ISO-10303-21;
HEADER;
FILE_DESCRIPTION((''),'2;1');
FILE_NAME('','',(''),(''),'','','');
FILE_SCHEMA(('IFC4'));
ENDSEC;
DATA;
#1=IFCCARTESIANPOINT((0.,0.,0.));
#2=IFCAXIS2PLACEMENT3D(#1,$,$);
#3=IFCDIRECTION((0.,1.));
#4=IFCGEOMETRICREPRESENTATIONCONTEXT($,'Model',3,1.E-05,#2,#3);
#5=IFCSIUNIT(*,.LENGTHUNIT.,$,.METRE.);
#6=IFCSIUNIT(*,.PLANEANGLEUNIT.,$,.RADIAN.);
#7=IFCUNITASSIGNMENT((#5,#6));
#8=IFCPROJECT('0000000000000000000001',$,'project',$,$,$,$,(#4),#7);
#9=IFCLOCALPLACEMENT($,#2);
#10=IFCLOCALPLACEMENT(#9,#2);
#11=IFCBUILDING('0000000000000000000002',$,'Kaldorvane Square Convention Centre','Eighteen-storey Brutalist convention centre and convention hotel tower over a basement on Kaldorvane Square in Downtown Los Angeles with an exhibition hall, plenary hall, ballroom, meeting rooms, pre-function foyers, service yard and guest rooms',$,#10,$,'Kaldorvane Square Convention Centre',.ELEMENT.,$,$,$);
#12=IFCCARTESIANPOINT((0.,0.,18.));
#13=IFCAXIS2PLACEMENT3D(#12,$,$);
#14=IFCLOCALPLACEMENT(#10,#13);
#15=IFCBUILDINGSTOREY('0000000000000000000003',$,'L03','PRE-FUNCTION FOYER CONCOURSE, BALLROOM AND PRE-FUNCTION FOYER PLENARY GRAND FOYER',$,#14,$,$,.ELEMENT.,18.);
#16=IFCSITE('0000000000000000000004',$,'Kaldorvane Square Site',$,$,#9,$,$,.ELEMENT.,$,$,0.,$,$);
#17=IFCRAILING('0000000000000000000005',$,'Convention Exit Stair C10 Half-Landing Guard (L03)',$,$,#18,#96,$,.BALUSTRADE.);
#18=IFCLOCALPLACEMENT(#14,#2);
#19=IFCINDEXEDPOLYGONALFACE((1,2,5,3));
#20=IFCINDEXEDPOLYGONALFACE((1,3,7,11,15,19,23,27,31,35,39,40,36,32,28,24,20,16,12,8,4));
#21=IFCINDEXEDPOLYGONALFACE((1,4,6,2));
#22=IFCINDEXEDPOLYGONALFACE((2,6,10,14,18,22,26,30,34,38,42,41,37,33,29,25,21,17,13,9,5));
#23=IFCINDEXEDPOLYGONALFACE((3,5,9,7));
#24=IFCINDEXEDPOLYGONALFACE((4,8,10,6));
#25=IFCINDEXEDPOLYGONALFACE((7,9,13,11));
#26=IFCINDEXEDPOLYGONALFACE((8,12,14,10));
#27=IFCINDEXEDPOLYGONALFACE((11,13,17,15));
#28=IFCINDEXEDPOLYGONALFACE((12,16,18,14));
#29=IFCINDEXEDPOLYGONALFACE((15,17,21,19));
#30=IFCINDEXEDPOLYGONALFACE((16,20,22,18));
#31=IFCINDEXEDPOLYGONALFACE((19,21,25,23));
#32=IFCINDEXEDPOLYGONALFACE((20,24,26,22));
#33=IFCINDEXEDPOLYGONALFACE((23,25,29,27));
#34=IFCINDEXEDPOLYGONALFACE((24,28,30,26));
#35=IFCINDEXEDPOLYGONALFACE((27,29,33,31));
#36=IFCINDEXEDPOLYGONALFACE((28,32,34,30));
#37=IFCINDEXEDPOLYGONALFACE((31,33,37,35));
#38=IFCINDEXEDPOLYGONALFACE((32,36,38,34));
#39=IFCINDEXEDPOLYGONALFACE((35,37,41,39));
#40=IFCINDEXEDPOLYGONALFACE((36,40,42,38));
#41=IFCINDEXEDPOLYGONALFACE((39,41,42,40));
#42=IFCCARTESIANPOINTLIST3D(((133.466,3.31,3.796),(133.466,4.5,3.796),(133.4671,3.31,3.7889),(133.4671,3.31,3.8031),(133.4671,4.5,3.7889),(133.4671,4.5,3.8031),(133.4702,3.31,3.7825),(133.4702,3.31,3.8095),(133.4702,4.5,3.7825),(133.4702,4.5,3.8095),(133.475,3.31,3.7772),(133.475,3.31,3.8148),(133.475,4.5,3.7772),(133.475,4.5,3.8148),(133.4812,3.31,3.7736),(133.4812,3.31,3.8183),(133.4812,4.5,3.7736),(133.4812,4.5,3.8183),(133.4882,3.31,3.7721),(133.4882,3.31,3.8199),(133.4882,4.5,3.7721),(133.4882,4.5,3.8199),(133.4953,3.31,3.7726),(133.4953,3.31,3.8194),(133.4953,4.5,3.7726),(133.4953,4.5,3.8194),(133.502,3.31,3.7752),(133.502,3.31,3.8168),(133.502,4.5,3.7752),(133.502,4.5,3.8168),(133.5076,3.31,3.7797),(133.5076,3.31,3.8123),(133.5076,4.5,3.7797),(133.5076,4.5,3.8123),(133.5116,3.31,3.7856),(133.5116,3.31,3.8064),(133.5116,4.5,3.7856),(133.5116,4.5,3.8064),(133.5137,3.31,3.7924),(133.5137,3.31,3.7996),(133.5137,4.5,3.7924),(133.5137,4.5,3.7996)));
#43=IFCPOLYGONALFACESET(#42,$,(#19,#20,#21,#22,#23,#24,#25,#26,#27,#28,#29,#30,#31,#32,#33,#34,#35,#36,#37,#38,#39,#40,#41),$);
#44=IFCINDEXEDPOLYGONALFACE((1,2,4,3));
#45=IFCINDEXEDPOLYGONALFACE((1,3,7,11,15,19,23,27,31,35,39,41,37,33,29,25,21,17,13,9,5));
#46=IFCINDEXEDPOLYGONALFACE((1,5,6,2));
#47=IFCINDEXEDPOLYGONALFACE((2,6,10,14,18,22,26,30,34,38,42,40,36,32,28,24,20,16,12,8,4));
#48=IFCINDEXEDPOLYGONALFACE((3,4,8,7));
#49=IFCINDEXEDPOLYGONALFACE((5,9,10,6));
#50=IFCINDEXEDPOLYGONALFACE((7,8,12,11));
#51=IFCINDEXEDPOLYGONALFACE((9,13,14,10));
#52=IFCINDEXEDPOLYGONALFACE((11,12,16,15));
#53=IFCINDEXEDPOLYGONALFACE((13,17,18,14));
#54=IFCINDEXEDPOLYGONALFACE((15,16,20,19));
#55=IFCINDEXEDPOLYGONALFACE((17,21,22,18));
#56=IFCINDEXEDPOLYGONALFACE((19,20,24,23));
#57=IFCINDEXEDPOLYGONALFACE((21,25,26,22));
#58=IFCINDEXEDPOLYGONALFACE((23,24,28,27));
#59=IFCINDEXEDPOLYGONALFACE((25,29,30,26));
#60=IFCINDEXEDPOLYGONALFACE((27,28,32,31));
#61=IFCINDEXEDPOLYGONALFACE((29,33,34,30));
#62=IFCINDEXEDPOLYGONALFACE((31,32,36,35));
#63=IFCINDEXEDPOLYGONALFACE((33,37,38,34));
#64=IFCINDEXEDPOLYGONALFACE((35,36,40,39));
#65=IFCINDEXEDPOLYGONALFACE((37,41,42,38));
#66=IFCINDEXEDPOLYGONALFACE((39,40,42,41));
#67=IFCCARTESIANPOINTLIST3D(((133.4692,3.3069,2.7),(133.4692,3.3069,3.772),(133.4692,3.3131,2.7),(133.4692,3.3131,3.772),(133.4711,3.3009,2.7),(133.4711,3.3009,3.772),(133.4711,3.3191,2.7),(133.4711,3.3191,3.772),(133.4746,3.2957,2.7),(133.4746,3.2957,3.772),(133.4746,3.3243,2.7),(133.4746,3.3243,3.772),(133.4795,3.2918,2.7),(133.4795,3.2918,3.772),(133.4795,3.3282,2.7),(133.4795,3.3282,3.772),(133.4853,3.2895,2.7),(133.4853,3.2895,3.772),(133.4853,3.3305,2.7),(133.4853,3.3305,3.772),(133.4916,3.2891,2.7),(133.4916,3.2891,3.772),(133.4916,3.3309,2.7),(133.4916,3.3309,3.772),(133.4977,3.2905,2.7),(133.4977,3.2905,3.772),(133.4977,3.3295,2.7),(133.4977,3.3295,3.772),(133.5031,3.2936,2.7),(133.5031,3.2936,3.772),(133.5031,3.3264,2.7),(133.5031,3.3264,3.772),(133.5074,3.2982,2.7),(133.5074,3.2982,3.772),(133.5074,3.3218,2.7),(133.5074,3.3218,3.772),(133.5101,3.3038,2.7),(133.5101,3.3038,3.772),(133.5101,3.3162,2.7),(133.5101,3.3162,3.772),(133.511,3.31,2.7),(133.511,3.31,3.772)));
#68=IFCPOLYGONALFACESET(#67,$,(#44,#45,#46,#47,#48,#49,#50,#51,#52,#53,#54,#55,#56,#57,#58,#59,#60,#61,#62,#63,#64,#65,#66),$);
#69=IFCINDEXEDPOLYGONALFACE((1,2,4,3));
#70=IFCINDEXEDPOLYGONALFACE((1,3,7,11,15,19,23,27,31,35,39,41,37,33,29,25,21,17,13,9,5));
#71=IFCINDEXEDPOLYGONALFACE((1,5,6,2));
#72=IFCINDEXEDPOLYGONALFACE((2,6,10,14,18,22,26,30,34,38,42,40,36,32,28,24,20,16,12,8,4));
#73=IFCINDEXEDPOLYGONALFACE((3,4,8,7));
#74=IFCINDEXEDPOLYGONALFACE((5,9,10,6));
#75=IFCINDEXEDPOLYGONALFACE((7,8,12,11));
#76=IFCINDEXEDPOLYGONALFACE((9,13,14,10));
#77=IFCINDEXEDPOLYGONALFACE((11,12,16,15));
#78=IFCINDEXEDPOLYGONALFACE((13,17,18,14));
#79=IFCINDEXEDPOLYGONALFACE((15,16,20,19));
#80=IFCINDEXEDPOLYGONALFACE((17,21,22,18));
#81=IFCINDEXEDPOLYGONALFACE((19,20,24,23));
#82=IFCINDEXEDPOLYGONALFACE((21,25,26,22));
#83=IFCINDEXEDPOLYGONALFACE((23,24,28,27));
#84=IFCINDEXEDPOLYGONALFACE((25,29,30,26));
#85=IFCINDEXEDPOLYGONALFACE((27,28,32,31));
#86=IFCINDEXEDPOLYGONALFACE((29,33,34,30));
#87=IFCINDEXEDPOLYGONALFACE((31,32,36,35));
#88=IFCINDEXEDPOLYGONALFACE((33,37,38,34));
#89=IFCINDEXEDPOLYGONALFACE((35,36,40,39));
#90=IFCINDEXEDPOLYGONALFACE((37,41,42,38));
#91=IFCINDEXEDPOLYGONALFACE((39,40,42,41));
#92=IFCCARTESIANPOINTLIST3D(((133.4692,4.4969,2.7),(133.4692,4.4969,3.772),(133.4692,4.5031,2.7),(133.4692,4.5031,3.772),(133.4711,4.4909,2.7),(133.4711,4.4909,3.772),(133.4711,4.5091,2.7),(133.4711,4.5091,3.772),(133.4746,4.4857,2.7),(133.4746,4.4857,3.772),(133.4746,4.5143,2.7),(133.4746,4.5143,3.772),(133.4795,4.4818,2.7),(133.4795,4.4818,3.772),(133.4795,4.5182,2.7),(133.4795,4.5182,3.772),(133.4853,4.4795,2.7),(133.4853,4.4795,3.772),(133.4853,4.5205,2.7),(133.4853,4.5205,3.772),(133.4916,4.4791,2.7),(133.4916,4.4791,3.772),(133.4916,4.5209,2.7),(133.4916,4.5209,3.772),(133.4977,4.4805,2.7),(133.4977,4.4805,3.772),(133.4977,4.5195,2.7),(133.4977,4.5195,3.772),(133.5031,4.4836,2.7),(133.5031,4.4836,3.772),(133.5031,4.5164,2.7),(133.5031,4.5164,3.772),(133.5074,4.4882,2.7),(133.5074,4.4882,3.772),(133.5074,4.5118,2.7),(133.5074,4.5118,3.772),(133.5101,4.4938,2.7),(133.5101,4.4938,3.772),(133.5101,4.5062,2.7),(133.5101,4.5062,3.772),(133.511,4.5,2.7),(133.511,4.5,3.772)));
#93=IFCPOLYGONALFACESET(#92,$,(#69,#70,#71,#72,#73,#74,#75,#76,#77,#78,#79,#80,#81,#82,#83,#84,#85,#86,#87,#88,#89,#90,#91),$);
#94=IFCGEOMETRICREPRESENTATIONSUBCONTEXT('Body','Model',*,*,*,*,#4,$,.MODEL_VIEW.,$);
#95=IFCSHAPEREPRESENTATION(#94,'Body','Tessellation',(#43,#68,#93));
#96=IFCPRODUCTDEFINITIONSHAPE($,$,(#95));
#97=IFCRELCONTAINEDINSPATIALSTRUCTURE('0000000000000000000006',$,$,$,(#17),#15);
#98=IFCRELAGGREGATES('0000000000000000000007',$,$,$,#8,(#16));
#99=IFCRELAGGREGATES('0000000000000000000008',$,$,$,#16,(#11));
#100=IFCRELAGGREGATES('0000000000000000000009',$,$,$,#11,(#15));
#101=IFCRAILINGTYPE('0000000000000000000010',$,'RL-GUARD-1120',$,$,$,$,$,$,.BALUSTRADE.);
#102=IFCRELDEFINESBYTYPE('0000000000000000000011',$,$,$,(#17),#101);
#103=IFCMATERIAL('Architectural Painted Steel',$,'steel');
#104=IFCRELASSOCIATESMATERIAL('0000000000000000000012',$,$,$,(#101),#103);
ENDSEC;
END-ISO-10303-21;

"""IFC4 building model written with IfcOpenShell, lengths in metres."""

from ifc_helpers import new_model, si_unit, direction, frame, origin, origin_2d, place, context, subcontext, project, spatial, circle, extrude, material, type_object, element, save


model = new_model("IFC4")

# Units and contexts
model_context = context("Model", 3, precision=1e-05, world=origin(), true_north=direction((0.0, 1.0)))
body_context = subcontext(model_context, "Body", "Model", "MODEL_VIEW")
ifc_project = project(units=[si_unit("LENGTHUNIT", "METRE"), si_unit("PLANEANGLEUNIT", "RADIAN")], contexts=[model_context])

# Site, building, storey
site_placement = place(None, origin())
site = spatial("IfcSite", under=ifc_project, at=site_placement, Name="Kaldorvane Square Site", CompositionType="ELEMENT", RefElevation=0.0)
building_placement = place(site_placement, origin())
building = spatial("IfcBuilding", under=site, at=building_placement, Name="Kaldorvane Square Convention Centre", Description="Eighteen-storey Brutalist convention centre and convention hotel tower over a basement on Kaldorvane Square in Downtown Los Angeles with an exhibition hall, plenary hall, ballroom, meeting rooms, pre-function foyers, service yard and guest rooms", LongName="Kaldorvane Square Convention Centre", CompositionType="ELEMENT")
storey_placement = place(building_placement, frame((0.0, 0.0, 18.0)))
storey = spatial("IfcBuildingStorey", under=building, at=storey_placement, Name="L03", Description="PRE-FUNCTION FOYER CONCOURSE, BALLROOM AND PRE-FUNCTION FOYER PLENARY GRAND FOYER", CompositionType="ELEMENT", Elevation=18.0)

# Railing
ifc_material_1 = material(Name="Architectural Painted Steel", Category="steel")
railing_type_1 = type_object("IfcRailingType", Name="RL-GUARD-1120", PredefinedType="BALUSTRADE", material=ifc_material_1)
for number, where, name in (
    (1, (133.49, 3.31, 2.7), "Convention Exit Stair C10 Half-Landing Guard (L03)"),
):
    element("IfcRailing", number, at=place(storey_placement, frame(where)), inside=storey, type_object=railing_type_1, Name=name, PredefinedType="BALUSTRADE", context=body_context, shape_type="SweptSolid", body=[
        extrude(circle(Radius=0.024, at=origin_2d()), frame((0.0, 0.0, 1.096), z_axis=(0.0, 1.0, 0.0), x_axis=(-1.0, 0.0, 0.0)), (0.0, 0.0, 1.0), 1.19),
        extrude(circle(Radius=0.021, at=origin_2d()), origin(), (0.0, 0.0, 1.0), 1.072),
        extrude(circle(Radius=0.021, at=origin_2d()), frame((0.0, 1.19, 0.0)), (0.0, 0.0, 1.0), 1.072),
    ])

save(model, "model.ifc")
